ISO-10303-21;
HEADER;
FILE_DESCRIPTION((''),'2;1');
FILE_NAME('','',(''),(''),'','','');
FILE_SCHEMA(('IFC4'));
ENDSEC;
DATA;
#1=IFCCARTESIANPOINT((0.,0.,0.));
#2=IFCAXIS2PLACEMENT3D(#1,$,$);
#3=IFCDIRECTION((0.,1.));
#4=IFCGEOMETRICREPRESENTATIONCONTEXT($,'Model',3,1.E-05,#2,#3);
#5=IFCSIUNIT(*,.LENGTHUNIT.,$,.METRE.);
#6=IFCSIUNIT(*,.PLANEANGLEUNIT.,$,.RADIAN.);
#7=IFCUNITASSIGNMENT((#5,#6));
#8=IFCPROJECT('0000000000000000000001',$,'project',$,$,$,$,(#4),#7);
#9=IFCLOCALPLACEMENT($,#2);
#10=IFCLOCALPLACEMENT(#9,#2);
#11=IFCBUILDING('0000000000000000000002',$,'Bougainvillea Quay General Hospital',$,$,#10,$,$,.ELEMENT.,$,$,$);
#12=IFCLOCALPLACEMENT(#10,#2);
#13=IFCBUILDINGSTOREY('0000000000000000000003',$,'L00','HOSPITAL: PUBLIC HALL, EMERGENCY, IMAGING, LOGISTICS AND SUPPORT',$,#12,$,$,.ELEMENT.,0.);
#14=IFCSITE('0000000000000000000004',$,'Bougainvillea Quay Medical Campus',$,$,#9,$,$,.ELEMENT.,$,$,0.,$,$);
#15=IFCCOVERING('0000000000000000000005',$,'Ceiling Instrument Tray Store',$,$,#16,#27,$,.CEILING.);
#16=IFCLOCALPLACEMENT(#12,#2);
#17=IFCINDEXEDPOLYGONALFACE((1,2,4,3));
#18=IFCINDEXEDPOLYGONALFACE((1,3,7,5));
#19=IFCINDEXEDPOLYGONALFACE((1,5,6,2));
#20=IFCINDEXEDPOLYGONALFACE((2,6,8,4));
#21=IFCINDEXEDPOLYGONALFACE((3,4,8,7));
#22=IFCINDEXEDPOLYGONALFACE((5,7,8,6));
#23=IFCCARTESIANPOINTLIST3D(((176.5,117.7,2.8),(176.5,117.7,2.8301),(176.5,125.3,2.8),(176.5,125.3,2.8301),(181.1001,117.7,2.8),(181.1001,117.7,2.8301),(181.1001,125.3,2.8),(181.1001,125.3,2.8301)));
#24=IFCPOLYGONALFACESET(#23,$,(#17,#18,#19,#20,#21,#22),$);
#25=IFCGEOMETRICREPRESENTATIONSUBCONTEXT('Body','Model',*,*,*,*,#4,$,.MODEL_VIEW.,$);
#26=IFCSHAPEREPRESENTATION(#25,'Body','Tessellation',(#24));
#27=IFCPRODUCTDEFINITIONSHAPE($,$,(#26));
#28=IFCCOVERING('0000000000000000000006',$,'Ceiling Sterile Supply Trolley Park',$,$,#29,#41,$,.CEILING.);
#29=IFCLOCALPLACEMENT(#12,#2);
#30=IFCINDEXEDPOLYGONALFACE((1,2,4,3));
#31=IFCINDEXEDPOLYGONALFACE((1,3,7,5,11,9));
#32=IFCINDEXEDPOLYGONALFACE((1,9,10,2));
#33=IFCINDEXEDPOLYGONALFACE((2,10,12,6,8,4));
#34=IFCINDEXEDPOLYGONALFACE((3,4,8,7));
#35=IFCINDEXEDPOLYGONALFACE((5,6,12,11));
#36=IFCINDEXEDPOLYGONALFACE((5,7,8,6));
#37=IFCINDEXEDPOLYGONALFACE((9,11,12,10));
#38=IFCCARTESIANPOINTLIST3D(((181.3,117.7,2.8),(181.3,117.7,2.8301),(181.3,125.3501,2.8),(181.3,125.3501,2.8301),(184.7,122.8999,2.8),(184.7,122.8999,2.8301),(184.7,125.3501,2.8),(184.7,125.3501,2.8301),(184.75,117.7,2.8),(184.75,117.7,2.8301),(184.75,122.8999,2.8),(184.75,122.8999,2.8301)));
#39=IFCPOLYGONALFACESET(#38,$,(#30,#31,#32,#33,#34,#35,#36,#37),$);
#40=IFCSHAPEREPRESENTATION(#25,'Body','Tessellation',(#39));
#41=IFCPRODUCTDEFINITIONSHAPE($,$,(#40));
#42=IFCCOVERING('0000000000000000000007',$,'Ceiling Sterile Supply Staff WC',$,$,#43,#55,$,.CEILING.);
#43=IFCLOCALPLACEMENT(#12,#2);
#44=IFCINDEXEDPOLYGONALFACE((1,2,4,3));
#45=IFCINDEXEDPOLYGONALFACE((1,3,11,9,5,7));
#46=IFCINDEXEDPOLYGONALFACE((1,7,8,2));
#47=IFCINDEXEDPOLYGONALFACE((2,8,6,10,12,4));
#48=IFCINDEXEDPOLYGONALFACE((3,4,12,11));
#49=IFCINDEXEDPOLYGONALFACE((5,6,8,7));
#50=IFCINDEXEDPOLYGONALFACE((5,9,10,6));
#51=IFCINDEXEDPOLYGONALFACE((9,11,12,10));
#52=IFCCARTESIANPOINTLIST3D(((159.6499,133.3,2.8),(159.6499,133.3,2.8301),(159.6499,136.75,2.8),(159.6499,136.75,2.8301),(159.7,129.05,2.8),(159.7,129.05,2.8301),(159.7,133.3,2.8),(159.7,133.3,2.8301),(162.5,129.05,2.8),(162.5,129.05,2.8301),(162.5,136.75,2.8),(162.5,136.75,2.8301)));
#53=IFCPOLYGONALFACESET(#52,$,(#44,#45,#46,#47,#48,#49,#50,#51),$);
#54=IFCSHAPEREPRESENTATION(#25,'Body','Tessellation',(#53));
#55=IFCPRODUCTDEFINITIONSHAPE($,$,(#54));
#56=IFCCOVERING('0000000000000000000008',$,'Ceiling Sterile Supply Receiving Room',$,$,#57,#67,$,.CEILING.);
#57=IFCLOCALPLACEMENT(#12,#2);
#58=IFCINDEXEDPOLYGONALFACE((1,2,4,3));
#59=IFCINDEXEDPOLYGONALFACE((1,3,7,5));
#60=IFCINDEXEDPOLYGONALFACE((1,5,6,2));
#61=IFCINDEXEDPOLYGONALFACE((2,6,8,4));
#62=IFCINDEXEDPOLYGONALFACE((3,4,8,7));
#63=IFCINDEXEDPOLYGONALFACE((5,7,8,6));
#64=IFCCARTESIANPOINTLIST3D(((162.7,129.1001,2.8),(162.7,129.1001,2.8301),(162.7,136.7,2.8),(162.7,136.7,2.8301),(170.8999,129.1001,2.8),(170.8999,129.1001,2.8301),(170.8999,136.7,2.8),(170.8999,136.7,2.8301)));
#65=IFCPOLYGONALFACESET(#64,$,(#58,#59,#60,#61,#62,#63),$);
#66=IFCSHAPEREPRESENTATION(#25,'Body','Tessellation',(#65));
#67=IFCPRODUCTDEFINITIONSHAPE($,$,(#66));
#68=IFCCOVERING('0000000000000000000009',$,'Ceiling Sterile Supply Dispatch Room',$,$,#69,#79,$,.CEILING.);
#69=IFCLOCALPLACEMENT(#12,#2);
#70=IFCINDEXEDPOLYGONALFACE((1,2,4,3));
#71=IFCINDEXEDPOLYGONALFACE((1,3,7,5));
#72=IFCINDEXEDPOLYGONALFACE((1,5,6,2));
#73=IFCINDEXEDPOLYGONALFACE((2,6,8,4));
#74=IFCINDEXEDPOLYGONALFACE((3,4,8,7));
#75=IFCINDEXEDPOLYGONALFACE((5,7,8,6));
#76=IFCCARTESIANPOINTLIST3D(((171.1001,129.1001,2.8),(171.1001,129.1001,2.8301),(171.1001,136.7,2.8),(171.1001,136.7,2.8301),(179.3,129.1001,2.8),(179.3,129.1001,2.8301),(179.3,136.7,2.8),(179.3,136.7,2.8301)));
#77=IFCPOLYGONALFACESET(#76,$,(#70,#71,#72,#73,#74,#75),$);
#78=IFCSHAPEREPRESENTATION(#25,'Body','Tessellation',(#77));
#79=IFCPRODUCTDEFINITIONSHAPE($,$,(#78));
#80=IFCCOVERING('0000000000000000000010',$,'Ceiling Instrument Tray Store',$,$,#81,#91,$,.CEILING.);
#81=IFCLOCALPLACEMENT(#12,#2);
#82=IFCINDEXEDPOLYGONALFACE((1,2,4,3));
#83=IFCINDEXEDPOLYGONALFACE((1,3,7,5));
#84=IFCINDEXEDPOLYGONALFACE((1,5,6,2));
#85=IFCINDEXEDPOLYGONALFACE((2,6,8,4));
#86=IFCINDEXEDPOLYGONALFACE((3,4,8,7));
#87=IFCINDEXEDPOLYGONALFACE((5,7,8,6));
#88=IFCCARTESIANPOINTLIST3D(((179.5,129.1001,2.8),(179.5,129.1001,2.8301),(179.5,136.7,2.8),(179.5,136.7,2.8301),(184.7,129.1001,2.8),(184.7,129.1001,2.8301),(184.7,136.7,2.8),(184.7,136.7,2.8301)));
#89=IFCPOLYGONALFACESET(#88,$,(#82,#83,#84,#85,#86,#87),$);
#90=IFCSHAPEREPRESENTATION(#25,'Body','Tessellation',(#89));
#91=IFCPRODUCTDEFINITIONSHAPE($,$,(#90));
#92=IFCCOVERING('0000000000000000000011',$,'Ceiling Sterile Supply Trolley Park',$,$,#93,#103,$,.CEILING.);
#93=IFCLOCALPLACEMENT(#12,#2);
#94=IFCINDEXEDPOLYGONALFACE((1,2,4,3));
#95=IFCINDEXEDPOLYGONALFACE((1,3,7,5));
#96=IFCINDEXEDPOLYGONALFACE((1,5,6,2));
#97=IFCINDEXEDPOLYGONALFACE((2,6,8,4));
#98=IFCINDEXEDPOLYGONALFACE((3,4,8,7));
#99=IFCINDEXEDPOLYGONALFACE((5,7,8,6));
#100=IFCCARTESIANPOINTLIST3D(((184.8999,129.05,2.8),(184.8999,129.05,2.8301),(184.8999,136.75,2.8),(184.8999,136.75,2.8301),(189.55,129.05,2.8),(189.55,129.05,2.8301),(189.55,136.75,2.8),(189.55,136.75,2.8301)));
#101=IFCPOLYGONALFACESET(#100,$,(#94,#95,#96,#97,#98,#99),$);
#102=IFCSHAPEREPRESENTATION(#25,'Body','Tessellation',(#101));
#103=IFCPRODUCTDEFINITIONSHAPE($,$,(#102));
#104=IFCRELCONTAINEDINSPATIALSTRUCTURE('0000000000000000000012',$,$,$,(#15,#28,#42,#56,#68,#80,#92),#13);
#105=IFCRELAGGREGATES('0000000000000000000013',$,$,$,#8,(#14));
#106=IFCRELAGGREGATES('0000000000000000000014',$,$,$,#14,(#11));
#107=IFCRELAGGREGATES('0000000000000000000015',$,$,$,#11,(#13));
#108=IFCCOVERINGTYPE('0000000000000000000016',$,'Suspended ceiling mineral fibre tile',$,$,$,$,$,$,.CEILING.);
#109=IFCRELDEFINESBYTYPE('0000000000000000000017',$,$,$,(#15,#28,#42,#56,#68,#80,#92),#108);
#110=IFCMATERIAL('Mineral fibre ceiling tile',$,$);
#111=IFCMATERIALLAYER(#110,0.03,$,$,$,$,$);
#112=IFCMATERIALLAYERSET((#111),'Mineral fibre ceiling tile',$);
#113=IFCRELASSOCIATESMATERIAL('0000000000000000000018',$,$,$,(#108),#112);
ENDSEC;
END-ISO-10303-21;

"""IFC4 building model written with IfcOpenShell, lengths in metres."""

from ifc_helpers import new_model, si_unit, direction, frame, origin, place, context, subcontext, project, spatial, polyline, outline, extrude, material, layer, layer_set, type_object, element, save


model = new_model("IFC4")

# Units and contexts
model_context = context("Model", 3, precision=1e-05, world=origin(), true_north=direction((0.0, 1.0)))
body_context = subcontext(model_context, "Body", "Model", "MODEL_VIEW")
ifc_project = project(units=[si_unit("LENGTHUNIT", "METRE"), si_unit("PLANEANGLEUNIT", "RADIAN")], contexts=[model_context])

# Site, building, storey
site_placement = place(None, origin())
site = spatial("IfcSite", under=ifc_project, at=site_placement, Name="Bougainvillea Quay Medical Campus", CompositionType="ELEMENT", RefElevation=0.0)
building_placement = place(site_placement, origin())
building = spatial("IfcBuilding", under=site, at=building_placement, Name="Bougainvillea Quay General Hospital", CompositionType="ELEMENT")
storey_placement = place(building_placement, origin())
storey = spatial("IfcBuildingStorey", under=building, at=storey_placement, Name="L00", Description="HOSPITAL: PUBLIC HALL, EMERGENCY, IMAGING, LOGISTICS AND SUPPORT", CompositionType="ELEMENT", Elevation=0.0)

# Coverings
ifc_material = material(Name="Mineral fibre ceiling tile")
ifc_layer = layer(ifc_material, 0.03)
ifc_layer_set = layer_set([ifc_layer], Name="Mineral fibre ceiling tile")
covering_type = type_object("IfcCoveringType", Name="Suspended ceiling mineral fibre tile", PredefinedType="CEILING", material=ifc_layer_set)
covering_1_placement = place(storey_placement, frame((0.0, 0.0, 2.8)))
element("IfcCovering", 1, at=covering_1_placement, inside=storey, type_object=covering_type, Name="Ceiling Instrument Tray Store", PredefinedType="CEILING", context=body_context, shape_type="SweptSolid", body=[
    extrude(outline(polyline([(181.1001, 125.3), (176.5, 125.3), (176.5, 117.7), (181.1001, 117.7), (181.1001, 125.3)])), origin(), (0.0, 0.0, 1.0), 0.03),
])
covering_2_placement = place(storey_placement, frame((0.0, 0.0, 2.8)))
element("IfcCovering", 2, at=covering_2_placement, inside=storey, type_object=covering_type, Name="Ceiling Sterile Supply Trolley Park", PredefinedType="CEILING", context=body_context, shape_type="SweptSolid", body=[
    extrude(outline(polyline([(184.75, 117.7), (184.75, 122.8999), (184.7, 122.8999), (184.7, 125.3501), (181.3, 125.3501), (181.3, 117.7), (184.75, 117.7)])), origin(), (0.0, 0.0, 1.0), 0.03),
])
covering_3_placement = place(storey_placement, frame((0.0, 0.0, 2.8)))
element("IfcCovering", 3, at=covering_3_placement, inside=storey, type_object=covering_type, Name="Ceiling Sterile Supply Staff WC", PredefinedType="CEILING", context=body_context, shape_type="SweptSolid", body=[
    extrude(outline(polyline([(159.6499, 133.3), (159.7, 133.3), (159.7, 129.05), (162.5, 129.05), (162.5, 136.75), (159.6499, 136.75), (159.6499, 133.3)])), origin(), (0.0, 0.0, 1.0), 0.03),
])
covering_4_placement = place(storey_placement, frame((0.0, 0.0, 2.8)))
element("IfcCovering", 4, at=covering_4_placement, inside=storey, type_object=covering_type, Name="Ceiling Sterile Supply Receiving Room", PredefinedType="CEILING", context=body_context, shape_type="SweptSolid", body=[
    extrude(outline(polyline([(162.7, 129.1001), (170.8999, 129.1001), (170.8999, 136.7), (162.7, 136.7), (162.7, 129.1001)])), origin(), (0.0, 0.0, 1.0), 0.03),
])
covering_5_placement = place(storey_placement, frame((0.0, 0.0, 2.8)))
element("IfcCovering", 5, at=covering_5_placement, inside=storey, type_object=covering_type, Name="Ceiling Sterile Supply Dispatch Room", PredefinedType="CEILING", context=body_context, shape_type="SweptSolid", body=[
    extrude(outline(polyline([(171.1001, 136.7), (171.1001, 129.1001), (179.3, 129.1001), (179.3, 136.7), (171.1001, 136.7)])), origin(), (0.0, 0.0, 1.0), 0.03),
])
covering_6_placement = place(storey_placement, frame((0.0, 0.0, 2.8)))
element("IfcCovering", 6, at=covering_6_placement, inside=storey, type_object=covering_type, Name="Ceiling Instrument Tray Store", PredefinedType="CEILING", context=body_context, shape_type="SweptSolid", body=[
    extrude(outline(polyline([(184.7, 129.1001), (184.7, 136.7), (179.5, 136.7), (179.5, 129.1001), (184.7, 129.1001)])), origin(), (0.0, 0.0, 1.0), 0.03),
])
covering_7_placement = place(storey_placement, frame((0.0, 0.0, 2.8)))
element("IfcCovering", 7, at=covering_7_placement, inside=storey, type_object=covering_type, Name="Ceiling Sterile Supply Trolley Park", PredefinedType="CEILING", context=body_context, shape_type="SweptSolid", body=[
    extrude(outline(polyline([(189.55, 129.05), (189.55, 136.75), (184.8999, 136.75), (184.8999, 129.05), (189.55, 129.05)])), origin(), (0.0, 0.0, 1.0), 0.03),
])

save(model, "model.ifc")
